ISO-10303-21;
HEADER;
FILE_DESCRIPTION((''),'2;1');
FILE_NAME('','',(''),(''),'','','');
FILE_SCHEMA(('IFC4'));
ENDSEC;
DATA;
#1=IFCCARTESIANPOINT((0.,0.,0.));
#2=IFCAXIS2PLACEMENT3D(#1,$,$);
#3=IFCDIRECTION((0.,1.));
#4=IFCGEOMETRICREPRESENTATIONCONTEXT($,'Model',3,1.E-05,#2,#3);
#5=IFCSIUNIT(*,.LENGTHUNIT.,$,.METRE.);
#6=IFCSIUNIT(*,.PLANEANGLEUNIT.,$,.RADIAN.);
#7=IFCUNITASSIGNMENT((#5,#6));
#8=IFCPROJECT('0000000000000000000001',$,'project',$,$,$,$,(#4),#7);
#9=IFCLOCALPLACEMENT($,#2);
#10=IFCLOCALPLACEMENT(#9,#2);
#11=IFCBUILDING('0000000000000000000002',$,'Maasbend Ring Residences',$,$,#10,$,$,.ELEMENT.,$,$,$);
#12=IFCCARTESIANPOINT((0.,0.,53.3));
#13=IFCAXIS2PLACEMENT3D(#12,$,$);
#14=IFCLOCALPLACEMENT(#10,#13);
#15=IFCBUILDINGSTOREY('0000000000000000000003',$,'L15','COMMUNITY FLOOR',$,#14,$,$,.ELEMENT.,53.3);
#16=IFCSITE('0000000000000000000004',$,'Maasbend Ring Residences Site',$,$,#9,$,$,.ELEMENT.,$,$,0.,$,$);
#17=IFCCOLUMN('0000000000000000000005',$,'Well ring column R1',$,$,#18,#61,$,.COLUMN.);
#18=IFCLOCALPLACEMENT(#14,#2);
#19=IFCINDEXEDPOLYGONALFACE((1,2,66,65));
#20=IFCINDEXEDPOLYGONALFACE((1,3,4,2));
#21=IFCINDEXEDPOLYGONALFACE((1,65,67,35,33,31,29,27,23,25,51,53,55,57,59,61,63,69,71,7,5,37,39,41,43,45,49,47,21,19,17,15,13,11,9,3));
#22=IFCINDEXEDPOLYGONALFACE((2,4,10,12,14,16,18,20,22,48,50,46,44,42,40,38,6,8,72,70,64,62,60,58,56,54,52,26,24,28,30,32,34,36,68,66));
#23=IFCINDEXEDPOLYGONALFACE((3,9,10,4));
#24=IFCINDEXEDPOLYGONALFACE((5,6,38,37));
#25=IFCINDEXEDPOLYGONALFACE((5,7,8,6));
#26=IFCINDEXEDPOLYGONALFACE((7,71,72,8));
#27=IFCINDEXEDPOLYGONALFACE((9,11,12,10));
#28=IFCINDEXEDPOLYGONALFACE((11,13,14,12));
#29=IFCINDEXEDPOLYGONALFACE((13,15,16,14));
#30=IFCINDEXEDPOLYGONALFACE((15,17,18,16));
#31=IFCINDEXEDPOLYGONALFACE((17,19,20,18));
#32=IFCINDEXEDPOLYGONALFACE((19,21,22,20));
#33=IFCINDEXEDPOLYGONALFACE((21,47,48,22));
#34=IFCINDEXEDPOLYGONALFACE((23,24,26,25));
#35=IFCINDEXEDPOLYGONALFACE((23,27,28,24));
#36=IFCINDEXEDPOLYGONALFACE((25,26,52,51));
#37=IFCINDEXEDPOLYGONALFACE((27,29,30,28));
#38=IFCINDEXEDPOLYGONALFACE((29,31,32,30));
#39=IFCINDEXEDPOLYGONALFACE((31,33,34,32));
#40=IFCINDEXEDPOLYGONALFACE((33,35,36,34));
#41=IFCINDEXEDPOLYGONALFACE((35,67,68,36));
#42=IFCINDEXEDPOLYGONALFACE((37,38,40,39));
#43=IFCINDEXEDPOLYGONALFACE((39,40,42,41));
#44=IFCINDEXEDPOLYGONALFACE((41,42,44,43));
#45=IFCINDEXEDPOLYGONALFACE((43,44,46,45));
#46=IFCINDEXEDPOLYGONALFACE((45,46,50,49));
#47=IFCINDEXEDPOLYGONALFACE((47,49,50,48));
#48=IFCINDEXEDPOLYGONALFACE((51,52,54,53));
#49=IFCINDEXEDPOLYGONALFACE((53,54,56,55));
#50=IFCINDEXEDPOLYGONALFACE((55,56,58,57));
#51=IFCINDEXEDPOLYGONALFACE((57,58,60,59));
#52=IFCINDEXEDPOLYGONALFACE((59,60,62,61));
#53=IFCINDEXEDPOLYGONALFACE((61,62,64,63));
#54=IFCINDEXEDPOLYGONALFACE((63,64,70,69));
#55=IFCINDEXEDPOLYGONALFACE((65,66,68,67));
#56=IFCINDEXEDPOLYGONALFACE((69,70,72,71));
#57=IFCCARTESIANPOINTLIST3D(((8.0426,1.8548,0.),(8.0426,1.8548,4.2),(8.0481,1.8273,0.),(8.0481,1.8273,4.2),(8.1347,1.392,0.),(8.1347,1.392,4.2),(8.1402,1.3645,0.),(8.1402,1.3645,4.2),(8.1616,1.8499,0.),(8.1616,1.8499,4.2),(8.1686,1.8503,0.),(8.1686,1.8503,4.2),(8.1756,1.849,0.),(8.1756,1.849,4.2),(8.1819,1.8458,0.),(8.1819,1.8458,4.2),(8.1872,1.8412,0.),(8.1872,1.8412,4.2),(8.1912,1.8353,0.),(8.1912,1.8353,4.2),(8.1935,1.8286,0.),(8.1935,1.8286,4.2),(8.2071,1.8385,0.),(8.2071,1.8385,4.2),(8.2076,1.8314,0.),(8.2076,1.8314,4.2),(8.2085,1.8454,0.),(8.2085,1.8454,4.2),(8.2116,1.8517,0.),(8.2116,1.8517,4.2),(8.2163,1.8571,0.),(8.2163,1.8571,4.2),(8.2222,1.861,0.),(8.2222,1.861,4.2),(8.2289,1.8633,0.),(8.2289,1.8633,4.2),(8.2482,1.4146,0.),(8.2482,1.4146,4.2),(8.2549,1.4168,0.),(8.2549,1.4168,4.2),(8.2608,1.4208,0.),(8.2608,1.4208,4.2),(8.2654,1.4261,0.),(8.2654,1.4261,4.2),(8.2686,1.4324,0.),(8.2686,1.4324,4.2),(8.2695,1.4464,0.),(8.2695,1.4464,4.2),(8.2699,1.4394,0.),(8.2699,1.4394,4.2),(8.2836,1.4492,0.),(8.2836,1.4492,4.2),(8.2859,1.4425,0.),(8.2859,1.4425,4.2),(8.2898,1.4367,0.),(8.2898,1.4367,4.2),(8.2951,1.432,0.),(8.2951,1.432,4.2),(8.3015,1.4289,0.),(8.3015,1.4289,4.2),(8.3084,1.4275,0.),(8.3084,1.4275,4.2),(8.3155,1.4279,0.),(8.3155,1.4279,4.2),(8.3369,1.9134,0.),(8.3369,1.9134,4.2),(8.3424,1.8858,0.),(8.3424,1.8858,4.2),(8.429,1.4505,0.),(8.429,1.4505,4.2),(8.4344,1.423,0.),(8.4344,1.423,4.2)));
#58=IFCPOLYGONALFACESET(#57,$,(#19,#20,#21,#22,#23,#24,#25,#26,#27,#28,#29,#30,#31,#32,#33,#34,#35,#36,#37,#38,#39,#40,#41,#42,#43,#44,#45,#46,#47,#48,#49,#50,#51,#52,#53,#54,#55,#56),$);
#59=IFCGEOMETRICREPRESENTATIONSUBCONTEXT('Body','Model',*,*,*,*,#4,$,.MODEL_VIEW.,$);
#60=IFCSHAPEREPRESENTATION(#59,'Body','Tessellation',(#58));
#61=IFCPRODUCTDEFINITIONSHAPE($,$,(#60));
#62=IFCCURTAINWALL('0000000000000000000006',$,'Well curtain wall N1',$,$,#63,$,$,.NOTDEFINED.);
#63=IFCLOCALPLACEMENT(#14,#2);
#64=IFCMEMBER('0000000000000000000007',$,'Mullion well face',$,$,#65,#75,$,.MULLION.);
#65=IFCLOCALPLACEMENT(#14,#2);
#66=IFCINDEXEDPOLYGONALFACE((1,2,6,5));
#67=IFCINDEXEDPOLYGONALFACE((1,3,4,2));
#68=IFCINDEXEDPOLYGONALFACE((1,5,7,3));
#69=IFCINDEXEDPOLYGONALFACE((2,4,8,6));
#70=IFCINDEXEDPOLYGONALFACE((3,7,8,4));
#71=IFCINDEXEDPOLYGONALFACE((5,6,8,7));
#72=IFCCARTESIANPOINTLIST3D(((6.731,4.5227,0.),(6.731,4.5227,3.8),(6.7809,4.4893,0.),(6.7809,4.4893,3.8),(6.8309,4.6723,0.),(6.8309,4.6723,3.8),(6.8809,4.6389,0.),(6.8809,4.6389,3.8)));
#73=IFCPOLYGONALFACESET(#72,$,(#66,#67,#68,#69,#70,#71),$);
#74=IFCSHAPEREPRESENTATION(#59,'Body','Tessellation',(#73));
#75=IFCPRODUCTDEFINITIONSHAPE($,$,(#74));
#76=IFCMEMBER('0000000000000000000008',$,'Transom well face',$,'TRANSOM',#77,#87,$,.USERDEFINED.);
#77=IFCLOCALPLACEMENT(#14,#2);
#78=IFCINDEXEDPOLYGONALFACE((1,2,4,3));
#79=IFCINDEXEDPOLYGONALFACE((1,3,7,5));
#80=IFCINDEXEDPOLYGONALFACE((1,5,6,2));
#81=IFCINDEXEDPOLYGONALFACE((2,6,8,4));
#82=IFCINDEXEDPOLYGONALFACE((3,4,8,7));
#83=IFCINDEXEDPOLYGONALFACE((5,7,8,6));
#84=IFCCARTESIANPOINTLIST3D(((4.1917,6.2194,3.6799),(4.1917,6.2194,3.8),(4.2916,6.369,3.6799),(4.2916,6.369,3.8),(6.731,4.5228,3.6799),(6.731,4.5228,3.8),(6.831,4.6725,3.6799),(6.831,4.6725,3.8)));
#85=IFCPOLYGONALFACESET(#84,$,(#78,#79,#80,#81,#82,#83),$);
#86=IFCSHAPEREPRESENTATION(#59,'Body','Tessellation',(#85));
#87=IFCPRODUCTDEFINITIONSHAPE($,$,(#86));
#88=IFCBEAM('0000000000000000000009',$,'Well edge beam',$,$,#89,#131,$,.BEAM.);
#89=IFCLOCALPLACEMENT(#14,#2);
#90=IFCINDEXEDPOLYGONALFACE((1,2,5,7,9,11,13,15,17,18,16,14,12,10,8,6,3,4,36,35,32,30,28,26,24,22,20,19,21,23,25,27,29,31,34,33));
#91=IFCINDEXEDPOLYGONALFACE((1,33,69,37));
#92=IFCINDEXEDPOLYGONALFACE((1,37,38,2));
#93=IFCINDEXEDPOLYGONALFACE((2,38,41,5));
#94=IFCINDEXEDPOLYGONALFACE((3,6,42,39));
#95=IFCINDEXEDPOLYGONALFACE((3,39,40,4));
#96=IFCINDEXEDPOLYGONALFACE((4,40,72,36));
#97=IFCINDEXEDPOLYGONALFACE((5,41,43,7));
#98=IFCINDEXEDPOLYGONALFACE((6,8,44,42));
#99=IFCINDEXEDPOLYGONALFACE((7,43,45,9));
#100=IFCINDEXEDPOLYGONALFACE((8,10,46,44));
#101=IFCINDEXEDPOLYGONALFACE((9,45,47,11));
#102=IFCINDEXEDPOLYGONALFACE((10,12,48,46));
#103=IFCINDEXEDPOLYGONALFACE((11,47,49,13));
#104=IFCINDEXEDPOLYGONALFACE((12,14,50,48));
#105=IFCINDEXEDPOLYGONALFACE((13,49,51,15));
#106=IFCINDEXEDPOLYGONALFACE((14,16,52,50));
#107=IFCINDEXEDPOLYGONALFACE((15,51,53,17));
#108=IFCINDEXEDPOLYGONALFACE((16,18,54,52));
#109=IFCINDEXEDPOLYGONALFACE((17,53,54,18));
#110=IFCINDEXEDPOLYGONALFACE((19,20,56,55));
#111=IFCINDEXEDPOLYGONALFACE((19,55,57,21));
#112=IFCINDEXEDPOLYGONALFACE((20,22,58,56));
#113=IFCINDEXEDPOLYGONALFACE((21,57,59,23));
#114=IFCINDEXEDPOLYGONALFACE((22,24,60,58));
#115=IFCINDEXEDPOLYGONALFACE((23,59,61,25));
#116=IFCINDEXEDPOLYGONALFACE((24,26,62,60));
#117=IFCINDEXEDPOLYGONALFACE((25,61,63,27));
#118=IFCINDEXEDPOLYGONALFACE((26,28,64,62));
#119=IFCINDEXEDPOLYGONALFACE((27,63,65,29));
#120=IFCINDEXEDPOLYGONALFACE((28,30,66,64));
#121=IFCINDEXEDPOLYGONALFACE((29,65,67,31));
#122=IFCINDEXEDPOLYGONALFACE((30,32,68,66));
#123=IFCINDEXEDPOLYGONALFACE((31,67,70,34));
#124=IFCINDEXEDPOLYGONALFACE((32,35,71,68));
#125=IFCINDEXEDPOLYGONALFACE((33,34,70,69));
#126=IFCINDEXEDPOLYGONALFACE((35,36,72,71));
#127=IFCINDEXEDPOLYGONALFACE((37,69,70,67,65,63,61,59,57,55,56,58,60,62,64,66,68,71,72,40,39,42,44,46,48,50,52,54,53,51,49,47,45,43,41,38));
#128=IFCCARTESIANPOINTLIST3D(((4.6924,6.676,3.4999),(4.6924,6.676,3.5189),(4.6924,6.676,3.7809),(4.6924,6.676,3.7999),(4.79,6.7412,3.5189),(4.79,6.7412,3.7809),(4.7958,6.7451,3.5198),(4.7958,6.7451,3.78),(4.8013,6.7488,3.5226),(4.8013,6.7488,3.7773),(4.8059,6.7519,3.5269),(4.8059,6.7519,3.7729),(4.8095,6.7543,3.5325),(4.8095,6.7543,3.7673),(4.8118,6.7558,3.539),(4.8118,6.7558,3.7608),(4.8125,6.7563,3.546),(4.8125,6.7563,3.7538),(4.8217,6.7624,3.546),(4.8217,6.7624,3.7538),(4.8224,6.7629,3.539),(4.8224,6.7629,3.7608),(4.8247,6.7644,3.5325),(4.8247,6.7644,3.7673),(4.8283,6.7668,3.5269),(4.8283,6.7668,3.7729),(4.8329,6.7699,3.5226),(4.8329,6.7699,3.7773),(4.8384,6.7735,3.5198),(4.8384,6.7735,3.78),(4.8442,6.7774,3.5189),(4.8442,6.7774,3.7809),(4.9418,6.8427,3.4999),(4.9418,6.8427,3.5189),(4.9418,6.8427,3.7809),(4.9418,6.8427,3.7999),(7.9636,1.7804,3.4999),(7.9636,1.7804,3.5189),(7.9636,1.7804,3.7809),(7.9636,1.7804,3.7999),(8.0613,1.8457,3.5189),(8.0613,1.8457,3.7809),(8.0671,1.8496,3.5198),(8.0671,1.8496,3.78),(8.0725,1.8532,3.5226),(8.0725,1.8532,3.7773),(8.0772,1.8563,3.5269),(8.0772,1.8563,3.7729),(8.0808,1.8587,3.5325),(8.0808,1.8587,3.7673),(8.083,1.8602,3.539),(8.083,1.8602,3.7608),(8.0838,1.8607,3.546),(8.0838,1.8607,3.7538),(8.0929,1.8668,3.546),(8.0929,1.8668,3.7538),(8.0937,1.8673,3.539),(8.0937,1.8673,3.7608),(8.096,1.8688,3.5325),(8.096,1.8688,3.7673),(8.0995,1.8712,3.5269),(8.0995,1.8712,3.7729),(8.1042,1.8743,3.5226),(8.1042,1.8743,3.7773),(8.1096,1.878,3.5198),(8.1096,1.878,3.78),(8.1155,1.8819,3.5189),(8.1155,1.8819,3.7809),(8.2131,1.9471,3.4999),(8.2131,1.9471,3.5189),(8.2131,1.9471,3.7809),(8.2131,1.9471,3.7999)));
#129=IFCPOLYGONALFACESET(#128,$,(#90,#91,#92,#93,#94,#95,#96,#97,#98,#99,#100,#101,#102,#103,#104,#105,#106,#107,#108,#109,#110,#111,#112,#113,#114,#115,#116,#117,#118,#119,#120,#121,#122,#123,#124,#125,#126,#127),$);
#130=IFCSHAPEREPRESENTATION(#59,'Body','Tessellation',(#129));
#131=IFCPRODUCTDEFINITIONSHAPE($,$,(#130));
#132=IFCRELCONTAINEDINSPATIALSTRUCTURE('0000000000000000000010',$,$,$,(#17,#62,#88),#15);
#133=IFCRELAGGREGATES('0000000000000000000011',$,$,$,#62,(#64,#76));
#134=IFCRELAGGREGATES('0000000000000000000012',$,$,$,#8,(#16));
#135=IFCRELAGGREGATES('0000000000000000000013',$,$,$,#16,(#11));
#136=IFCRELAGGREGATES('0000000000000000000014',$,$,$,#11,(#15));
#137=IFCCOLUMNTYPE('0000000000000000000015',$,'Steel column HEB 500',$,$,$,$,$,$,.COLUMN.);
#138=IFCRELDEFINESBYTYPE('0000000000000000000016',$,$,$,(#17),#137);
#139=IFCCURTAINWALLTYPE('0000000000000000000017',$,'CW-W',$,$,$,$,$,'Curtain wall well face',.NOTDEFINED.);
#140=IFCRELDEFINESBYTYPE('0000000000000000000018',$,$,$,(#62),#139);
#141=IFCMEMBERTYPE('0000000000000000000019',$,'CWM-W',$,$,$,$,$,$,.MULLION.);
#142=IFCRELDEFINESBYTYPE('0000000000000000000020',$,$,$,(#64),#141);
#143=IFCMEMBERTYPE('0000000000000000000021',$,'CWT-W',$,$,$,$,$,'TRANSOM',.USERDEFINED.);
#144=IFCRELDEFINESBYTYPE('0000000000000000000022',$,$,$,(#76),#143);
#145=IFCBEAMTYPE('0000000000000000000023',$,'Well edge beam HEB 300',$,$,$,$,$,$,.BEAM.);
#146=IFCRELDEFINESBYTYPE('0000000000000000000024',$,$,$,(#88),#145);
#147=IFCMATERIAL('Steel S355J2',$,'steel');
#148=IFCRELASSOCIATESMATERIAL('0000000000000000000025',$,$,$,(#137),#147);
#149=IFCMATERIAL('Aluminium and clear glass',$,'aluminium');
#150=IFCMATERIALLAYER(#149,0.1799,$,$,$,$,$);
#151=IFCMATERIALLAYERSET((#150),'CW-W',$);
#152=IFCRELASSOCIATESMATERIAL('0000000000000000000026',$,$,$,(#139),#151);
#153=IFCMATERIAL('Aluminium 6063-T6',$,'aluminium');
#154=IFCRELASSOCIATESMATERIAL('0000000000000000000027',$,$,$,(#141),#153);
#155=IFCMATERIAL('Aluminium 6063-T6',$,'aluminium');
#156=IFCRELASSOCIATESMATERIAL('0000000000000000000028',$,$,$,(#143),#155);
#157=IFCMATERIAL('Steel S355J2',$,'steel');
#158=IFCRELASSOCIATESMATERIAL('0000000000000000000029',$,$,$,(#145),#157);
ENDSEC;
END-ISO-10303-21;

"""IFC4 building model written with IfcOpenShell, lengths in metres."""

from ifc_helpers import new_model, si_unit, direction, frame, origin, origin_2d, place, context, subcontext, project, spatial, rectangle, i_section, extrude, material, layer, layer_set, material_profile, profile_set, type_object, element, aggregate, save


model = new_model("IFC4")

# Units and contexts
model_context = context("Model", 3, precision=1e-05, world=origin(), true_north=direction((0.0, 1.0)))
body_context = subcontext(model_context, "Body", "Model", "MODEL_VIEW")
ifc_project = project(units=[si_unit("LENGTHUNIT", "METRE"), si_unit("PLANEANGLEUNIT", "RADIAN")], contexts=[model_context])

# Site, building, storey
site_placement = place(None, origin())
site = spatial("IfcSite", under=ifc_project, at=site_placement, Name="Maasbend Ring Residences Site", CompositionType="ELEMENT", RefElevation=0.0)
building_placement = place(site_placement, origin())
building = spatial("IfcBuilding", under=site, at=building_placement, Name="Maasbend Ring Residences", CompositionType="ELEMENT")
storey_placement = place(building_placement, frame((0.0, 0.0, 53.3)))
storey = spatial("IfcBuildingStorey", under=building, at=storey_placement, Name="L15", Description="COMMUNITY FLOOR", CompositionType="ELEMENT", Elevation=53.3)

# Column
ifc_material_1 = material(Name="Steel S355J2", Category="steel")
ifc_material_profile_1 = material_profile(ifc_material_1, i_section(OverallWidth=0.3, OverallDepth=0.5, WebThickness=0.0144, FlangeThickness=0.0281, FilletRadius=0.0271, at=origin_2d()), Name="HEB 500")
ifc_profile_set_1 = profile_set([ifc_material_profile_1], Name="Steel S355J2")
column_type = type_object("IfcColumnType", Name="Steel column HEB 500", PredefinedType="COLUMN", material=ifc_profile_set_1)
column_placement = place(storey_placement, frame((8.2385, 1.6389, 0.0), z_axis=(0.0, 0.0, 1.0), x_axis=(0.980785, 0.19509, 0.0)))
element("IfcColumn", 1, at=column_placement, inside=storey, type_object=column_type, Name="Well ring column R1", PredefinedType="COLUMN", context=body_context, shape_type="SweptSolid", body=[
    extrude(i_section(OverallWidth=0.3, OverallDepth=0.5, WebThickness=0.0144, FlangeThickness=0.0281, FilletRadius=0.0271, at=origin_2d()), origin(), (0.0, 0.0, 1.0), 4.2),
])

# Curtain wall, members
ifc_material_2 = material(Name="Aluminium and clear glass", Category="aluminium")
ifc_layer_1 = layer(ifc_material_2, 0.1799)
ifc_layer_set_1 = layer_set([ifc_layer_1], Name="CW-W")
curtain_wall_type = type_object("IfcCurtainWallType", Name="CW-W", ElementType="Curtain wall well face", PredefinedType="NOTDEFINED", material=ifc_layer_set_1)
curtain_wall_placement = place(storey_placement, origin())
curtain_wall = element("IfcCurtainWall", 2, at=curtain_wall_placement, inside=storey, type_object=curtain_wall_type, Name="Well curtain wall N1", PredefinedType="NOTDEFINED")
ifc_material_3 = material(Name="Aluminium 6063-T6", Category="aluminium")
ifc_material_profile_2 = material_profile(ifc_material_3, rectangle(XDim=0.1799, YDim=0.0601, at=origin_2d()), Name="AL 180x60")
ifc_profile_set_2 = profile_set([ifc_material_profile_2], Name="Aluminium 6063-T6")
member_type_1 = type_object("IfcMemberType", Name="CWM-W", PredefinedType="MULLION", material=ifc_profile_set_2)
member_1_placement = place(storey_placement, frame((6.8059, 4.5808, 0.0), z_axis=(0.0, 0.0, 1.0), x_axis=(-0.55557, -0.83147, 0.0)))
member_1 = element("IfcMember", 3, at=member_1_placement, type_object=member_type_1, Name="Mullion well face", PredefinedType="MULLION", context=body_context, shape_type="SweptSolid", body=[
    extrude(rectangle(XDim=0.1799, YDim=0.0601, at=origin_2d()), origin(), (0.0, 0.0, 1.0), 3.8),
])
ifc_material_4 = material(Name="Aluminium 6063-T6", Category="aluminium")
ifc_material_profile_3 = material_profile(ifc_material_4, rectangle(XDim=0.1799, YDim=0.1201, at=origin_2d()), Name="AL 180x120")
ifc_profile_set_3 = profile_set([ifc_material_profile_3], Name="Aluminium 6063-T6")
member_type_2 = type_object("IfcMemberType", Name="CWT-W", ElementType="TRANSOM", PredefinedType="USERDEFINED", material=ifc_profile_set_3)
member_2_placement = place(storey_placement, frame((6.781, 4.5977, 3.74), z_axis=(-0.831496, 0.55553, 0.0), x_axis=(-0.55553, -0.831496, 0.0)))
member_2 = element("IfcMember", 4, at=member_2_placement, type_object=member_type_2, Name="Transom well face", ObjectType="TRANSOM", PredefinedType="USERDEFINED", context=body_context, shape_type="SweptSolid", body=[
    extrude(rectangle(XDim=0.1799, YDim=0.1201, at=origin_2d()), origin(), (0.0, 0.0, 1.0), 3.054),
])
aggregate(curtain_wall, [member_1, member_2])

# Beam
ifc_material_5 = material(Name="Steel S355J2", Category="steel")
ifc_material_profile_4 = material_profile(ifc_material_5, i_section(OverallWidth=0.3, OverallDepth=0.3, WebThickness=0.011, FlangeThickness=0.019, FilletRadius=0.0271, at=origin_2d()), Name="HEB 300")
ifc_profile_set_4 = profile_set([ifc_material_profile_4], Name="Steel S355J2")
beam_type = type_object("IfcBeamType", Name="Well edge beam HEB 300", PredefinedType="BEAM", material=ifc_profile_set_4)
beam_placement = place(storey_placement, frame((8.0884, 1.8638, 3.6499), z_axis=(-0.55559, 0.831457, 0.0), x_axis=(-0.831457, -0.55559, 0.0)))
element("IfcBeam", 5, at=beam_placement, inside=storey, type_object=beam_type, Name="Well edge beam", PredefinedType="BEAM", context=body_context, shape_type="SweptSolid", body=[
    extrude(i_section(OverallWidth=0.3, OverallDepth=0.3, WebThickness=0.011, FlangeThickness=0.019, FilletRadius=0.0271, at=origin_2d()), origin(), (0.0, 0.0, 1.0), 5.8879),
])

save(model, "model.ifc")
